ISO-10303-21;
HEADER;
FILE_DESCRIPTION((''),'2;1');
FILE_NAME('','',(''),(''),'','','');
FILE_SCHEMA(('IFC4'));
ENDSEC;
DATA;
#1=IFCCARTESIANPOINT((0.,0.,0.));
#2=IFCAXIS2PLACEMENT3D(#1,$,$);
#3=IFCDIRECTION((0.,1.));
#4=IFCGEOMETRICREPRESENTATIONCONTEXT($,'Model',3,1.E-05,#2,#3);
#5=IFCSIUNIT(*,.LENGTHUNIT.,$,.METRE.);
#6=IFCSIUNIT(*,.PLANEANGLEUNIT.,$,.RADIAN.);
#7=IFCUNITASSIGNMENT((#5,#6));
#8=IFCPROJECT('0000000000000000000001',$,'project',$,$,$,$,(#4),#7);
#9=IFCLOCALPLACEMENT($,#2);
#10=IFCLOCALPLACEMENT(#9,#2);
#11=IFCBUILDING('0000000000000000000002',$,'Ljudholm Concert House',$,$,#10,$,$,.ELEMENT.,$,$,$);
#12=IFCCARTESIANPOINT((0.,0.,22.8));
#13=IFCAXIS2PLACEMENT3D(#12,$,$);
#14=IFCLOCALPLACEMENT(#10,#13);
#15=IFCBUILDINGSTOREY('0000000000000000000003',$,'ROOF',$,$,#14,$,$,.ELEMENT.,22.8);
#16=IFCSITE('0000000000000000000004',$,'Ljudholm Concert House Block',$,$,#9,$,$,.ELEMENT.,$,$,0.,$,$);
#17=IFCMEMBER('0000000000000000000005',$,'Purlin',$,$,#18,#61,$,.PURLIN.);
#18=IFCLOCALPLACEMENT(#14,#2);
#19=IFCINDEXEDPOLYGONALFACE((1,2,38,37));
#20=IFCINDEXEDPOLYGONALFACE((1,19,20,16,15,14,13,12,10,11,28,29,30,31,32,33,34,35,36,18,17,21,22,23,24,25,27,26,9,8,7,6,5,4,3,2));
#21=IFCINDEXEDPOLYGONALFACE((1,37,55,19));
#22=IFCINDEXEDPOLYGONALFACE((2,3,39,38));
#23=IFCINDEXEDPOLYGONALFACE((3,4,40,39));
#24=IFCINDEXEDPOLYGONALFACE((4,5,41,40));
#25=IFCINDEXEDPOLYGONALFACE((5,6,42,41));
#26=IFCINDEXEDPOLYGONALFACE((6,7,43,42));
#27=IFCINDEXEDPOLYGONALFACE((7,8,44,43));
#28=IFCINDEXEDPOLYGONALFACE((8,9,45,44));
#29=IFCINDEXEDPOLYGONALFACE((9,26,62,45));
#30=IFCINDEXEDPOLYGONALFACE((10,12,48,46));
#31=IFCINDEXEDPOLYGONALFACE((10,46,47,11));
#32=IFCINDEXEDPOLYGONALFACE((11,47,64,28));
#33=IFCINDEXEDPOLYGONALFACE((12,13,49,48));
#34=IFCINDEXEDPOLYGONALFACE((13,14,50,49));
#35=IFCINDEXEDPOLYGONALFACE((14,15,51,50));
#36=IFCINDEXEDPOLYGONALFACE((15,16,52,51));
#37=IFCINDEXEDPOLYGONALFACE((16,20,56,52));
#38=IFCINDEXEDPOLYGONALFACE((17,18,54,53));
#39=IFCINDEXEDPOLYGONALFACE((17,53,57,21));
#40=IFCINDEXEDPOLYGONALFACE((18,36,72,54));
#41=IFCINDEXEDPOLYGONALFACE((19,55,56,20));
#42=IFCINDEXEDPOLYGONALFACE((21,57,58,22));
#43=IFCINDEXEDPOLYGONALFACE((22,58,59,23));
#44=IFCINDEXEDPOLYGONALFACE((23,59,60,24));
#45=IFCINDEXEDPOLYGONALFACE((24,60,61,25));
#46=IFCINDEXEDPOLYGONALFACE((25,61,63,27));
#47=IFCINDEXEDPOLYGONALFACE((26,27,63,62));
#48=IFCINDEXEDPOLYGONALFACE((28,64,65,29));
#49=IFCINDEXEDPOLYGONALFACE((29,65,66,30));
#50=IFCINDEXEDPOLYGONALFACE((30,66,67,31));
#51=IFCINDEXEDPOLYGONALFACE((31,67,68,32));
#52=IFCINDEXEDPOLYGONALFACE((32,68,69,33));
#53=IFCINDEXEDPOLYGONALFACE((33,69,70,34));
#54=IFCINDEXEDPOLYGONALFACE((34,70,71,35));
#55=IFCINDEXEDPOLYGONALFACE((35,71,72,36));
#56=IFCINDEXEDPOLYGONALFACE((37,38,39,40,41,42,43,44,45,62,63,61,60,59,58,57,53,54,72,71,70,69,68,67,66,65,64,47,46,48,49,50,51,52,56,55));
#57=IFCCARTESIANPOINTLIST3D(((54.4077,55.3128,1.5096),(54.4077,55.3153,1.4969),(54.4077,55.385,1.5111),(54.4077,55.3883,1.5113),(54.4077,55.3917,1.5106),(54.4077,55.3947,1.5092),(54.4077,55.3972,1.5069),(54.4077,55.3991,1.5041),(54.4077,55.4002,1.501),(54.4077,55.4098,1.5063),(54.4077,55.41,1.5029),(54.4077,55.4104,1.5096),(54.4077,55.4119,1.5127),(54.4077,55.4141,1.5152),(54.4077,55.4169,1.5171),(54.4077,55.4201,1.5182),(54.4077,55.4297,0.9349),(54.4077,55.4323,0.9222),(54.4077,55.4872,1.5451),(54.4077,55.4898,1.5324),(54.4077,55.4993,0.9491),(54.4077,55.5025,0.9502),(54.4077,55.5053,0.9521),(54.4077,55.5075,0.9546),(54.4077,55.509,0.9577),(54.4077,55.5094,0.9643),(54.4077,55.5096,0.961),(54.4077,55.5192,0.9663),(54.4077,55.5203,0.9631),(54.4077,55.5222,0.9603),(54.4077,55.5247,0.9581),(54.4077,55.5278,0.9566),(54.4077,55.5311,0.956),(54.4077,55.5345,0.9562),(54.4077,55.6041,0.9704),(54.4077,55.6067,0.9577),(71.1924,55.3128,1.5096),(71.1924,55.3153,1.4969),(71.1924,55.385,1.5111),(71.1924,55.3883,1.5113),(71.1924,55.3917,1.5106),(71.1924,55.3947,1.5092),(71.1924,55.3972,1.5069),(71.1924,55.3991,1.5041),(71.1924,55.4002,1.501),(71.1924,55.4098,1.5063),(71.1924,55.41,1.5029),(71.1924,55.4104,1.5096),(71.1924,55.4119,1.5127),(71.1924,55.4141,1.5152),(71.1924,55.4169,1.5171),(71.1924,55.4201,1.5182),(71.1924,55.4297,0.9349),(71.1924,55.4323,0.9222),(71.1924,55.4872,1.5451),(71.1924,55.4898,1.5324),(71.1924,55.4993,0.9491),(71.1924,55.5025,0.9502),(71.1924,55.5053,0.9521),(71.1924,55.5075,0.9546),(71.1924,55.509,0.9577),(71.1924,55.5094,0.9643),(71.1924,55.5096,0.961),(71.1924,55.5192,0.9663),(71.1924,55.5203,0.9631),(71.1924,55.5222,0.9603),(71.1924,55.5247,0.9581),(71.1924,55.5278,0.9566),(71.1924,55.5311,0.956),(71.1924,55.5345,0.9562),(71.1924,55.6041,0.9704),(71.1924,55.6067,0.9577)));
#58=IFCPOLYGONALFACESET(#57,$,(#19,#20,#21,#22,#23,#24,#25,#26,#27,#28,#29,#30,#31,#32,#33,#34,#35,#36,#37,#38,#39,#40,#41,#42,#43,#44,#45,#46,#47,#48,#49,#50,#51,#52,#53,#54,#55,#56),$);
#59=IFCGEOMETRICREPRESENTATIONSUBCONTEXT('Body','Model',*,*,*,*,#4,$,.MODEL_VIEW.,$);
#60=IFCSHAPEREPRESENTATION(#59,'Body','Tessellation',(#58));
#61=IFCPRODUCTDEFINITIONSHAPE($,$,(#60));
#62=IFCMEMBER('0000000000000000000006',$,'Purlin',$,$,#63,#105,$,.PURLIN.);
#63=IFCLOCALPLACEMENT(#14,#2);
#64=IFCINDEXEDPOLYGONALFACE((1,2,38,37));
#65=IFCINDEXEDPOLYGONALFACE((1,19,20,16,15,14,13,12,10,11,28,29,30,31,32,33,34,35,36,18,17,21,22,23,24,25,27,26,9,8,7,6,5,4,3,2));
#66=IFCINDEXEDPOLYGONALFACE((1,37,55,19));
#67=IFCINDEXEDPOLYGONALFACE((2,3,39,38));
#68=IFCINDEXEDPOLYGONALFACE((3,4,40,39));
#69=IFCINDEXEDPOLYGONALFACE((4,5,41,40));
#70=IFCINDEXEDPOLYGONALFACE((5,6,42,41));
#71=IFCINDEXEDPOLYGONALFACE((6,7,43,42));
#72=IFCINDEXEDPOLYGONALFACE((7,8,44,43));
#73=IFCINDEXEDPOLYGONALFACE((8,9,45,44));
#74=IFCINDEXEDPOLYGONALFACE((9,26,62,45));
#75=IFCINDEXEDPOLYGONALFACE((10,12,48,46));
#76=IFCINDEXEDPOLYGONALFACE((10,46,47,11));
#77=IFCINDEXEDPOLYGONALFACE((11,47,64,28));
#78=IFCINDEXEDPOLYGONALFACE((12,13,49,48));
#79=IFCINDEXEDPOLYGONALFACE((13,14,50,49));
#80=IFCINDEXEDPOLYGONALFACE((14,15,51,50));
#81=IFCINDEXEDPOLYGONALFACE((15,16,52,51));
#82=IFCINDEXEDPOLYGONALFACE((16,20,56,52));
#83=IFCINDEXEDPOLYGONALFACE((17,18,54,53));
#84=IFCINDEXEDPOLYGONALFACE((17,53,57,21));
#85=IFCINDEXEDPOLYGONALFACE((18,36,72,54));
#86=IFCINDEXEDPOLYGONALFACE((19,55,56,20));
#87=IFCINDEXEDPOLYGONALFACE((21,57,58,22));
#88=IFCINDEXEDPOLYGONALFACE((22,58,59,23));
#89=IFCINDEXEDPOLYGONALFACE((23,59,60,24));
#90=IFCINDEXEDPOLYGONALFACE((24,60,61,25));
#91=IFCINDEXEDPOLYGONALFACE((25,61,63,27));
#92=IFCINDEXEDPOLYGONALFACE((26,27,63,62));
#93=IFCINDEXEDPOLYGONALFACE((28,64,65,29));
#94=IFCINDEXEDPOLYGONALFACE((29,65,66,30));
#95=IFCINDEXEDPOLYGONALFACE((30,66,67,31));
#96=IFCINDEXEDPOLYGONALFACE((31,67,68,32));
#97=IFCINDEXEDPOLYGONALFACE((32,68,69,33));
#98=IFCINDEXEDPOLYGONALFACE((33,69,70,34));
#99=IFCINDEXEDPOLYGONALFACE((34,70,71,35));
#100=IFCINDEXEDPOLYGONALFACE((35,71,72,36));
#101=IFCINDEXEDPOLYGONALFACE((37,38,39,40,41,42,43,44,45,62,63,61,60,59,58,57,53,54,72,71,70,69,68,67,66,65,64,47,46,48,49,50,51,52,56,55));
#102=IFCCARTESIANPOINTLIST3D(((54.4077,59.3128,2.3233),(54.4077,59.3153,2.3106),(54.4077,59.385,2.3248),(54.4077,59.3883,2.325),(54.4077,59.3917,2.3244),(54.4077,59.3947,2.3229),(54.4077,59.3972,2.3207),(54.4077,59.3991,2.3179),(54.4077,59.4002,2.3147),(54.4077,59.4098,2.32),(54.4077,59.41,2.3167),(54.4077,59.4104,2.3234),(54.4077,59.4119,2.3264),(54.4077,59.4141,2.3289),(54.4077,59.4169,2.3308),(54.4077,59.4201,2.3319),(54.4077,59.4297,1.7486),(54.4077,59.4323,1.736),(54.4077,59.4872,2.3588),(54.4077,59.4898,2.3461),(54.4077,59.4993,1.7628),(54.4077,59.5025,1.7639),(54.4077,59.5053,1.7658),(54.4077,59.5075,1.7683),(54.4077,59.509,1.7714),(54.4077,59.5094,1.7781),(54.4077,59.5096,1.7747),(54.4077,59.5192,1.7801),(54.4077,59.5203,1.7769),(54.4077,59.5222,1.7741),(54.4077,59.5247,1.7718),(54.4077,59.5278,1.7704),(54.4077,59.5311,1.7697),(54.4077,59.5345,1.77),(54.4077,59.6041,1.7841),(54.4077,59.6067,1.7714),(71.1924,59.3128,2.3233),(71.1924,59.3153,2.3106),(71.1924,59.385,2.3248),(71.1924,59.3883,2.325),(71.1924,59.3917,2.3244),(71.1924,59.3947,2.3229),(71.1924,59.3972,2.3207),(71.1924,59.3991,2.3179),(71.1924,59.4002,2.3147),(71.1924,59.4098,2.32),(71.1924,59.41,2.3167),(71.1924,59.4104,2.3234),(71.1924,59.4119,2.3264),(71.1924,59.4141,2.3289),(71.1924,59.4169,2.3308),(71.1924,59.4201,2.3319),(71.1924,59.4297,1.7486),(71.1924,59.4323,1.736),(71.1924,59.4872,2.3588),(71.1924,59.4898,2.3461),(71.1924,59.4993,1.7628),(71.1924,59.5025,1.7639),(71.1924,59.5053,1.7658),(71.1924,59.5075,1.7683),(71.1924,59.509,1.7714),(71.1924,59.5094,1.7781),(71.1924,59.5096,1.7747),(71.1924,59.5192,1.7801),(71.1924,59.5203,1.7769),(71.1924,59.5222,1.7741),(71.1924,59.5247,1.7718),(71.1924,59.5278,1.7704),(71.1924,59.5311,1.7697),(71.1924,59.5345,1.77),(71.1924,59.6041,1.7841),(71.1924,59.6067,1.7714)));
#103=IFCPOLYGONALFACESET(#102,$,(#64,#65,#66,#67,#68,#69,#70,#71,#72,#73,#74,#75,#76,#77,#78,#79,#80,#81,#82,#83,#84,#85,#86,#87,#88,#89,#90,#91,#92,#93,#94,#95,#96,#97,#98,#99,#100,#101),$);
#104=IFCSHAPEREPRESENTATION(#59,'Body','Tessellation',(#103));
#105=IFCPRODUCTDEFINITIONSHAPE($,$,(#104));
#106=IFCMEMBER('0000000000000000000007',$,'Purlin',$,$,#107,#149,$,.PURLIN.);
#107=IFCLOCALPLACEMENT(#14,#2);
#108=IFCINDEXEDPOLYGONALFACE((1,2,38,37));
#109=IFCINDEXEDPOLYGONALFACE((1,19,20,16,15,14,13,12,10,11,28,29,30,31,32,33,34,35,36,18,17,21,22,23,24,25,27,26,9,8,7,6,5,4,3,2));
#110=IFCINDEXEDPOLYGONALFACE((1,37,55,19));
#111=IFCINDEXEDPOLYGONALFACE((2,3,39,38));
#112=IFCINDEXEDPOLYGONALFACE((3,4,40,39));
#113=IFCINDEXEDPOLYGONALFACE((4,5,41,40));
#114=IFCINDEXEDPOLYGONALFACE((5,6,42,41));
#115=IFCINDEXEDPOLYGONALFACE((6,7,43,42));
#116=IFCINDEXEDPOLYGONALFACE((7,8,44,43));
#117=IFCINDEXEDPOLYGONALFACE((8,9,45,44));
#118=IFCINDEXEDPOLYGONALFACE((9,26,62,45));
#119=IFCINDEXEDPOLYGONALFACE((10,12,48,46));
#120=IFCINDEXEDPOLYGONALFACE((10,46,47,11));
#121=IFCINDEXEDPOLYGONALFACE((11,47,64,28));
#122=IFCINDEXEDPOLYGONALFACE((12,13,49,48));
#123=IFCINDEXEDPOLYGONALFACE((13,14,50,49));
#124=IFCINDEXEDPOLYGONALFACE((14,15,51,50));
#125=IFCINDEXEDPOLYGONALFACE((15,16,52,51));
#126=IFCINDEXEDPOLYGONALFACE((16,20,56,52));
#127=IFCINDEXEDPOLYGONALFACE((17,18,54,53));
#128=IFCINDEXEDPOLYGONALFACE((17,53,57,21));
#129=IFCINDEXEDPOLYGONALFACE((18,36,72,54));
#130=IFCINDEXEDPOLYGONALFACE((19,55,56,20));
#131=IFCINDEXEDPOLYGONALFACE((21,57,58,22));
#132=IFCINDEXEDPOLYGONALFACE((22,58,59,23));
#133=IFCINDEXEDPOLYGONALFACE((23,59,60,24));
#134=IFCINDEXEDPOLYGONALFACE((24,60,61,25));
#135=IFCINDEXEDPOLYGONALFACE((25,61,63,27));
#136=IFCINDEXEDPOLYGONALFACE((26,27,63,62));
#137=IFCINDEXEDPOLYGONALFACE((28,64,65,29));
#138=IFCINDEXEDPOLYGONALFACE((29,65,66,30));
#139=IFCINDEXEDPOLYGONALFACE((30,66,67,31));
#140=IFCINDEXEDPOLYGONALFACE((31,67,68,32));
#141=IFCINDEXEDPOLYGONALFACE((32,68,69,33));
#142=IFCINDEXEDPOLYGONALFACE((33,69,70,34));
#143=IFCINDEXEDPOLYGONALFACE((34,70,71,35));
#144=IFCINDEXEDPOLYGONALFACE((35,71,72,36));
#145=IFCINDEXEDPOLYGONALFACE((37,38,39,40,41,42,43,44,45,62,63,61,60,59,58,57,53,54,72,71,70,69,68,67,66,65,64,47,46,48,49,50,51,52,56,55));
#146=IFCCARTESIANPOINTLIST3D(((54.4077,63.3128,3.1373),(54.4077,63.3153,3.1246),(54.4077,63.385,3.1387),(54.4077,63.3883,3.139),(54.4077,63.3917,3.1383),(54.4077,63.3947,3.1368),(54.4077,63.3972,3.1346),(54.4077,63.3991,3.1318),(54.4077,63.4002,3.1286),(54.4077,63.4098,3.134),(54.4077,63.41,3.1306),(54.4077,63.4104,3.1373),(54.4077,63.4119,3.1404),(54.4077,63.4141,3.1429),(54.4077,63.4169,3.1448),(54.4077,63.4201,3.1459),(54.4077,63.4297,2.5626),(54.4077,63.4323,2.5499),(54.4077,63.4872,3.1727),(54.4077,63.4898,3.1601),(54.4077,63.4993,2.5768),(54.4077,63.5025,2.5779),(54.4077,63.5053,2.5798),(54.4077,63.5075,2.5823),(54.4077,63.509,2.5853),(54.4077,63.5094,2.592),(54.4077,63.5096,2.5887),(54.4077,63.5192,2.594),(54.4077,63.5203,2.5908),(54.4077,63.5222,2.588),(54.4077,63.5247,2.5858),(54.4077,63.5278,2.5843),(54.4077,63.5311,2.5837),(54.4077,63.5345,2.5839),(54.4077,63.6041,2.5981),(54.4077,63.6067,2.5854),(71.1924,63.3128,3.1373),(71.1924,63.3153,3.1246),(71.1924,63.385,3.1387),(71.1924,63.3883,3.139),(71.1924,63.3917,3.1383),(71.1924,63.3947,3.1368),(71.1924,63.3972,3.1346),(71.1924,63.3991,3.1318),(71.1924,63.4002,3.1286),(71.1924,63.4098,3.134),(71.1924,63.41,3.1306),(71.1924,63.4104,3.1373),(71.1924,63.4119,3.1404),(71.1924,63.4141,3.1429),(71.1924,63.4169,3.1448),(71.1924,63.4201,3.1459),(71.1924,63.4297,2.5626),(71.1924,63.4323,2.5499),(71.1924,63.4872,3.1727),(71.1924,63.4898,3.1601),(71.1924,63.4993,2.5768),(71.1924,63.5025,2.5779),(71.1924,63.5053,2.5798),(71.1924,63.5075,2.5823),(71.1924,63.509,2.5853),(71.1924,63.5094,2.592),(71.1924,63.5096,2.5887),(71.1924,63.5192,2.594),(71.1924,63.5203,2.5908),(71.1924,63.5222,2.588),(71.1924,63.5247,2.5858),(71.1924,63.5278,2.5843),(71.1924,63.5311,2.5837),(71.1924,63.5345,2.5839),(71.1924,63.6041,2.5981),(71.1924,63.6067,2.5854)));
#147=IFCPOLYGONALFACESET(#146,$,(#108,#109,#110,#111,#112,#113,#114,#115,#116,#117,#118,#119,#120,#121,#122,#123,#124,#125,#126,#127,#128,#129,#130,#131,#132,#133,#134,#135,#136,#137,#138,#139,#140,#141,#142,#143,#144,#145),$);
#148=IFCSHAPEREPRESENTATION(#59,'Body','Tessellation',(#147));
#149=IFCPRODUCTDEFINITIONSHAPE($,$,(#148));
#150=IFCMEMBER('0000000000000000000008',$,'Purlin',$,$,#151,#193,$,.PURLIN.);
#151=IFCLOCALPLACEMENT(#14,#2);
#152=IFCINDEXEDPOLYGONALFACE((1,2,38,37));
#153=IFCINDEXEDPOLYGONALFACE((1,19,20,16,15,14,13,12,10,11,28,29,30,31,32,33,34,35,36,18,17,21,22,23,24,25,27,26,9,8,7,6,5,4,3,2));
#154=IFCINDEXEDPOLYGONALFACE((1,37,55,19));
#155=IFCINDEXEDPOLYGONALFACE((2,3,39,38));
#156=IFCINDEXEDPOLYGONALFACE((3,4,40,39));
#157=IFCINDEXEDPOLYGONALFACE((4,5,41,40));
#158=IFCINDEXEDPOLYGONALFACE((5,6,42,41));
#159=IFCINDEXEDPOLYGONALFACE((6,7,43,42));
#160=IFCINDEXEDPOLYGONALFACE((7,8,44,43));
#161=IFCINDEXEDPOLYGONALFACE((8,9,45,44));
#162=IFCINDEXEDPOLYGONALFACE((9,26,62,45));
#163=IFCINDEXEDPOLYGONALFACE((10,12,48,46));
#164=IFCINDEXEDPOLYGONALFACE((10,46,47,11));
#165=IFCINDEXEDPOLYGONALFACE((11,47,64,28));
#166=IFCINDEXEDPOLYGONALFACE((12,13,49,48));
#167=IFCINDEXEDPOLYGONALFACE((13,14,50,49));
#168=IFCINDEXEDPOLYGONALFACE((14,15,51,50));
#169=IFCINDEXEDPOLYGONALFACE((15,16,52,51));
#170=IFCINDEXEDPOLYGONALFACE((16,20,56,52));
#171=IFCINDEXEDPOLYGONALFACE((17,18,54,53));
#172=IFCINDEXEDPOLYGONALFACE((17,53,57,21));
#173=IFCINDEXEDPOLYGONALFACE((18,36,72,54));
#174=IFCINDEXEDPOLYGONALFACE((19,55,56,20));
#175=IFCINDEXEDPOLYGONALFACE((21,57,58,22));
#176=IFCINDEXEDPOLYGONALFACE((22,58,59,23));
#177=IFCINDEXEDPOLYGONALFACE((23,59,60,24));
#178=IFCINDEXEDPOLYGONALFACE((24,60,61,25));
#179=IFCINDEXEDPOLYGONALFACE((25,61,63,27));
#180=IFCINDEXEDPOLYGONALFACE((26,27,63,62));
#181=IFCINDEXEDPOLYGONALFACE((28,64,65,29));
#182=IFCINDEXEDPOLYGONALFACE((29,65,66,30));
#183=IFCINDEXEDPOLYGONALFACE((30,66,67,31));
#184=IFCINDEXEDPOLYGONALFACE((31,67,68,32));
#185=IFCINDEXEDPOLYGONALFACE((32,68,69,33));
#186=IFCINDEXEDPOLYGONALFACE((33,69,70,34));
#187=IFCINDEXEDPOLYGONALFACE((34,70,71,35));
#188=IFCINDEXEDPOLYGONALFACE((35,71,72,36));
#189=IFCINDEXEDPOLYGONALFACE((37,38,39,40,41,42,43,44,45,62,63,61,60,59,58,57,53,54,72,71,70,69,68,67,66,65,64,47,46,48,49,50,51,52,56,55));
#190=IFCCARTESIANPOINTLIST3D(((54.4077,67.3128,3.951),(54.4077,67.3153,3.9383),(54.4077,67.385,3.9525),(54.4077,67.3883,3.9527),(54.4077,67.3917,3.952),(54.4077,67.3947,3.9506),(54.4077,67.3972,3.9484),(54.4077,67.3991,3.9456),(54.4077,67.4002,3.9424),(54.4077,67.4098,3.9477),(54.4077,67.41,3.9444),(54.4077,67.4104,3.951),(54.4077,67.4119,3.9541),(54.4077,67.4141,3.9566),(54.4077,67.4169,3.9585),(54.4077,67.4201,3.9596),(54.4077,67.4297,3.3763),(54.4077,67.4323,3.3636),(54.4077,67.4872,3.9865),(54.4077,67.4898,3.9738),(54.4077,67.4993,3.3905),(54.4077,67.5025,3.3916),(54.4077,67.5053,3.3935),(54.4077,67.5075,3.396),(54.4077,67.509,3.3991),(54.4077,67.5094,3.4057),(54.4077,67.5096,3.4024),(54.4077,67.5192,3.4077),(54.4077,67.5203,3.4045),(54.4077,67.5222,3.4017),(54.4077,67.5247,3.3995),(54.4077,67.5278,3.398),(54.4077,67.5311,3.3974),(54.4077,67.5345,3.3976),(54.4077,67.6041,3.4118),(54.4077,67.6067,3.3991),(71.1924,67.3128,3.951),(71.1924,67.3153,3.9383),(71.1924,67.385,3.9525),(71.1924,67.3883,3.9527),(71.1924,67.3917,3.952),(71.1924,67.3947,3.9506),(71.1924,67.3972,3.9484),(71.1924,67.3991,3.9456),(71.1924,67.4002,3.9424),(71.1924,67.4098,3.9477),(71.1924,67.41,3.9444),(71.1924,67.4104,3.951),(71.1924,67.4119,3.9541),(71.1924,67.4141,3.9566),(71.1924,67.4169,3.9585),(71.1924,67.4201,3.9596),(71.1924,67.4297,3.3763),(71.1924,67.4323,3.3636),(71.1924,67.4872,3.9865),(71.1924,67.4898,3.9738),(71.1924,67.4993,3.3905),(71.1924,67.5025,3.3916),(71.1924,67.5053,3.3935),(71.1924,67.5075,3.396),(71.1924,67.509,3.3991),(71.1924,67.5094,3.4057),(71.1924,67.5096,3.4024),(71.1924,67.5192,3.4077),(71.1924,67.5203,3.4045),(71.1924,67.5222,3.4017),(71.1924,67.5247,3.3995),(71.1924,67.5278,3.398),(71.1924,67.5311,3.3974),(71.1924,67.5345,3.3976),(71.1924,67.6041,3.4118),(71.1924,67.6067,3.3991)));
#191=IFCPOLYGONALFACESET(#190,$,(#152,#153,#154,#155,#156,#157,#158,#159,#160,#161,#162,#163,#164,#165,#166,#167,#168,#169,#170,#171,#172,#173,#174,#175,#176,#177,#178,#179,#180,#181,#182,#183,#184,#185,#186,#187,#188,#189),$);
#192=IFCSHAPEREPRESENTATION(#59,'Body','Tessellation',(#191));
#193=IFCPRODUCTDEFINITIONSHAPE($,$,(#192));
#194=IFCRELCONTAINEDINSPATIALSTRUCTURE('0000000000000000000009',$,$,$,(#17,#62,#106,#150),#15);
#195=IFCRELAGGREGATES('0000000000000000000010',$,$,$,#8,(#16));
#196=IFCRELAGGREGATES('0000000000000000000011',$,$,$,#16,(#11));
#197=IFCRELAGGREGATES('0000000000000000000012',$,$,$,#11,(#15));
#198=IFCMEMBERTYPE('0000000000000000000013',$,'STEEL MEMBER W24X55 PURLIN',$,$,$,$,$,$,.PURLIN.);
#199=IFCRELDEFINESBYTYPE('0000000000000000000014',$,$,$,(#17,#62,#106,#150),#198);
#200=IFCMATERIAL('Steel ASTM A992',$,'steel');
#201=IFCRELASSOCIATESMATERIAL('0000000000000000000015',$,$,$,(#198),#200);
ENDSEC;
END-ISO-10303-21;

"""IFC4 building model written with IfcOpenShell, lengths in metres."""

from ifc_helpers import new_model, si_unit, direction, frame, origin, origin_2d, place, context, subcontext, project, spatial, i_section, extrude, material, material_profile, profile_set, type_object, element, save


model = new_model("IFC4")

# Units and contexts
model_context = context("Model", 3, precision=1e-05, world=origin(), true_north=direction((0.0, 1.0)))
body_context = subcontext(model_context, "Body", "Model", "MODEL_VIEW")
ifc_project = project(units=[si_unit("LENGTHUNIT", "METRE"), si_unit("PLANEANGLEUNIT", "RADIAN")], contexts=[model_context])

# Site, building, storey
site_placement = place(None, origin())
site = spatial("IfcSite", under=ifc_project, at=site_placement, Name="Ljudholm Concert House Block", CompositionType="ELEMENT", RefElevation=0.0)
building_placement = place(site_placement, origin())
building = spatial("IfcBuilding", under=site, at=building_placement, Name="Ljudholm Concert House", CompositionType="ELEMENT")
storey_placement = place(building_placement, frame((0.0, 0.0, 22.8)))
storey = spatial("IfcBuildingStorey", under=building, at=storey_placement, Name="ROOF", CompositionType="ELEMENT", Elevation=22.8)

# Members
ifc_material_1 = material(Name="Steel ASTM A992", Category="steel")
ifc_material_profile_1 = material_profile(ifc_material_1, i_section(OverallWidth=0.178, OverallDepth=0.5994, WebThickness=0.01, FlangeThickness=0.0129, FilletRadius=0.0129, at=origin_2d()), Name="W24X55")
ifc_profile_set_1 = profile_set([ifc_material_profile_1], Name="Steel ASTM A992")
member_type_1 = type_object("IfcMemberType", Name="STEEL MEMBER W24X55 PURLIN", PredefinedType="PURLIN", material=ifc_profile_set_1)
for number, where, z_axis, x_axis, name in (
    (1, (54.4077, 55.4597, 1.2336), (1.0, 0.0, 0.0), (0.0, 0.979925, 0.199368), "Purlin"),
    (2, (54.4077, 59.4597, 2.0474), (1.0, 0.0, 0.0), (0.0, 0.979925, 0.199368), "Purlin"),
    (3, (54.4077, 63.4597, 2.8613), (1.0, 0.0, 0.0), (0.0, 0.979925, 0.199368), "Purlin"),
    (4, (54.4077, 67.4597, 3.675), (1.0, 0.0, 0.0), (0.0, 0.979925, 0.199368), "Purlin"),
):
    element("IfcMember", number, at=place(storey_placement, frame(where, z_axis=z_axis, x_axis=x_axis)), inside=storey, type_object=member_type_1, Name=name, PredefinedType="PURLIN", context=body_context, shape_type="SweptSolid", body=[
        extrude(i_section(OverallWidth=0.178, OverallDepth=0.5994, WebThickness=0.01, FlangeThickness=0.0129, FilletRadius=0.0129, at=origin_2d()), origin(), (0.0, 0.0, 1.0), 16.7847),
    ])

save(model, "model.ifc")
